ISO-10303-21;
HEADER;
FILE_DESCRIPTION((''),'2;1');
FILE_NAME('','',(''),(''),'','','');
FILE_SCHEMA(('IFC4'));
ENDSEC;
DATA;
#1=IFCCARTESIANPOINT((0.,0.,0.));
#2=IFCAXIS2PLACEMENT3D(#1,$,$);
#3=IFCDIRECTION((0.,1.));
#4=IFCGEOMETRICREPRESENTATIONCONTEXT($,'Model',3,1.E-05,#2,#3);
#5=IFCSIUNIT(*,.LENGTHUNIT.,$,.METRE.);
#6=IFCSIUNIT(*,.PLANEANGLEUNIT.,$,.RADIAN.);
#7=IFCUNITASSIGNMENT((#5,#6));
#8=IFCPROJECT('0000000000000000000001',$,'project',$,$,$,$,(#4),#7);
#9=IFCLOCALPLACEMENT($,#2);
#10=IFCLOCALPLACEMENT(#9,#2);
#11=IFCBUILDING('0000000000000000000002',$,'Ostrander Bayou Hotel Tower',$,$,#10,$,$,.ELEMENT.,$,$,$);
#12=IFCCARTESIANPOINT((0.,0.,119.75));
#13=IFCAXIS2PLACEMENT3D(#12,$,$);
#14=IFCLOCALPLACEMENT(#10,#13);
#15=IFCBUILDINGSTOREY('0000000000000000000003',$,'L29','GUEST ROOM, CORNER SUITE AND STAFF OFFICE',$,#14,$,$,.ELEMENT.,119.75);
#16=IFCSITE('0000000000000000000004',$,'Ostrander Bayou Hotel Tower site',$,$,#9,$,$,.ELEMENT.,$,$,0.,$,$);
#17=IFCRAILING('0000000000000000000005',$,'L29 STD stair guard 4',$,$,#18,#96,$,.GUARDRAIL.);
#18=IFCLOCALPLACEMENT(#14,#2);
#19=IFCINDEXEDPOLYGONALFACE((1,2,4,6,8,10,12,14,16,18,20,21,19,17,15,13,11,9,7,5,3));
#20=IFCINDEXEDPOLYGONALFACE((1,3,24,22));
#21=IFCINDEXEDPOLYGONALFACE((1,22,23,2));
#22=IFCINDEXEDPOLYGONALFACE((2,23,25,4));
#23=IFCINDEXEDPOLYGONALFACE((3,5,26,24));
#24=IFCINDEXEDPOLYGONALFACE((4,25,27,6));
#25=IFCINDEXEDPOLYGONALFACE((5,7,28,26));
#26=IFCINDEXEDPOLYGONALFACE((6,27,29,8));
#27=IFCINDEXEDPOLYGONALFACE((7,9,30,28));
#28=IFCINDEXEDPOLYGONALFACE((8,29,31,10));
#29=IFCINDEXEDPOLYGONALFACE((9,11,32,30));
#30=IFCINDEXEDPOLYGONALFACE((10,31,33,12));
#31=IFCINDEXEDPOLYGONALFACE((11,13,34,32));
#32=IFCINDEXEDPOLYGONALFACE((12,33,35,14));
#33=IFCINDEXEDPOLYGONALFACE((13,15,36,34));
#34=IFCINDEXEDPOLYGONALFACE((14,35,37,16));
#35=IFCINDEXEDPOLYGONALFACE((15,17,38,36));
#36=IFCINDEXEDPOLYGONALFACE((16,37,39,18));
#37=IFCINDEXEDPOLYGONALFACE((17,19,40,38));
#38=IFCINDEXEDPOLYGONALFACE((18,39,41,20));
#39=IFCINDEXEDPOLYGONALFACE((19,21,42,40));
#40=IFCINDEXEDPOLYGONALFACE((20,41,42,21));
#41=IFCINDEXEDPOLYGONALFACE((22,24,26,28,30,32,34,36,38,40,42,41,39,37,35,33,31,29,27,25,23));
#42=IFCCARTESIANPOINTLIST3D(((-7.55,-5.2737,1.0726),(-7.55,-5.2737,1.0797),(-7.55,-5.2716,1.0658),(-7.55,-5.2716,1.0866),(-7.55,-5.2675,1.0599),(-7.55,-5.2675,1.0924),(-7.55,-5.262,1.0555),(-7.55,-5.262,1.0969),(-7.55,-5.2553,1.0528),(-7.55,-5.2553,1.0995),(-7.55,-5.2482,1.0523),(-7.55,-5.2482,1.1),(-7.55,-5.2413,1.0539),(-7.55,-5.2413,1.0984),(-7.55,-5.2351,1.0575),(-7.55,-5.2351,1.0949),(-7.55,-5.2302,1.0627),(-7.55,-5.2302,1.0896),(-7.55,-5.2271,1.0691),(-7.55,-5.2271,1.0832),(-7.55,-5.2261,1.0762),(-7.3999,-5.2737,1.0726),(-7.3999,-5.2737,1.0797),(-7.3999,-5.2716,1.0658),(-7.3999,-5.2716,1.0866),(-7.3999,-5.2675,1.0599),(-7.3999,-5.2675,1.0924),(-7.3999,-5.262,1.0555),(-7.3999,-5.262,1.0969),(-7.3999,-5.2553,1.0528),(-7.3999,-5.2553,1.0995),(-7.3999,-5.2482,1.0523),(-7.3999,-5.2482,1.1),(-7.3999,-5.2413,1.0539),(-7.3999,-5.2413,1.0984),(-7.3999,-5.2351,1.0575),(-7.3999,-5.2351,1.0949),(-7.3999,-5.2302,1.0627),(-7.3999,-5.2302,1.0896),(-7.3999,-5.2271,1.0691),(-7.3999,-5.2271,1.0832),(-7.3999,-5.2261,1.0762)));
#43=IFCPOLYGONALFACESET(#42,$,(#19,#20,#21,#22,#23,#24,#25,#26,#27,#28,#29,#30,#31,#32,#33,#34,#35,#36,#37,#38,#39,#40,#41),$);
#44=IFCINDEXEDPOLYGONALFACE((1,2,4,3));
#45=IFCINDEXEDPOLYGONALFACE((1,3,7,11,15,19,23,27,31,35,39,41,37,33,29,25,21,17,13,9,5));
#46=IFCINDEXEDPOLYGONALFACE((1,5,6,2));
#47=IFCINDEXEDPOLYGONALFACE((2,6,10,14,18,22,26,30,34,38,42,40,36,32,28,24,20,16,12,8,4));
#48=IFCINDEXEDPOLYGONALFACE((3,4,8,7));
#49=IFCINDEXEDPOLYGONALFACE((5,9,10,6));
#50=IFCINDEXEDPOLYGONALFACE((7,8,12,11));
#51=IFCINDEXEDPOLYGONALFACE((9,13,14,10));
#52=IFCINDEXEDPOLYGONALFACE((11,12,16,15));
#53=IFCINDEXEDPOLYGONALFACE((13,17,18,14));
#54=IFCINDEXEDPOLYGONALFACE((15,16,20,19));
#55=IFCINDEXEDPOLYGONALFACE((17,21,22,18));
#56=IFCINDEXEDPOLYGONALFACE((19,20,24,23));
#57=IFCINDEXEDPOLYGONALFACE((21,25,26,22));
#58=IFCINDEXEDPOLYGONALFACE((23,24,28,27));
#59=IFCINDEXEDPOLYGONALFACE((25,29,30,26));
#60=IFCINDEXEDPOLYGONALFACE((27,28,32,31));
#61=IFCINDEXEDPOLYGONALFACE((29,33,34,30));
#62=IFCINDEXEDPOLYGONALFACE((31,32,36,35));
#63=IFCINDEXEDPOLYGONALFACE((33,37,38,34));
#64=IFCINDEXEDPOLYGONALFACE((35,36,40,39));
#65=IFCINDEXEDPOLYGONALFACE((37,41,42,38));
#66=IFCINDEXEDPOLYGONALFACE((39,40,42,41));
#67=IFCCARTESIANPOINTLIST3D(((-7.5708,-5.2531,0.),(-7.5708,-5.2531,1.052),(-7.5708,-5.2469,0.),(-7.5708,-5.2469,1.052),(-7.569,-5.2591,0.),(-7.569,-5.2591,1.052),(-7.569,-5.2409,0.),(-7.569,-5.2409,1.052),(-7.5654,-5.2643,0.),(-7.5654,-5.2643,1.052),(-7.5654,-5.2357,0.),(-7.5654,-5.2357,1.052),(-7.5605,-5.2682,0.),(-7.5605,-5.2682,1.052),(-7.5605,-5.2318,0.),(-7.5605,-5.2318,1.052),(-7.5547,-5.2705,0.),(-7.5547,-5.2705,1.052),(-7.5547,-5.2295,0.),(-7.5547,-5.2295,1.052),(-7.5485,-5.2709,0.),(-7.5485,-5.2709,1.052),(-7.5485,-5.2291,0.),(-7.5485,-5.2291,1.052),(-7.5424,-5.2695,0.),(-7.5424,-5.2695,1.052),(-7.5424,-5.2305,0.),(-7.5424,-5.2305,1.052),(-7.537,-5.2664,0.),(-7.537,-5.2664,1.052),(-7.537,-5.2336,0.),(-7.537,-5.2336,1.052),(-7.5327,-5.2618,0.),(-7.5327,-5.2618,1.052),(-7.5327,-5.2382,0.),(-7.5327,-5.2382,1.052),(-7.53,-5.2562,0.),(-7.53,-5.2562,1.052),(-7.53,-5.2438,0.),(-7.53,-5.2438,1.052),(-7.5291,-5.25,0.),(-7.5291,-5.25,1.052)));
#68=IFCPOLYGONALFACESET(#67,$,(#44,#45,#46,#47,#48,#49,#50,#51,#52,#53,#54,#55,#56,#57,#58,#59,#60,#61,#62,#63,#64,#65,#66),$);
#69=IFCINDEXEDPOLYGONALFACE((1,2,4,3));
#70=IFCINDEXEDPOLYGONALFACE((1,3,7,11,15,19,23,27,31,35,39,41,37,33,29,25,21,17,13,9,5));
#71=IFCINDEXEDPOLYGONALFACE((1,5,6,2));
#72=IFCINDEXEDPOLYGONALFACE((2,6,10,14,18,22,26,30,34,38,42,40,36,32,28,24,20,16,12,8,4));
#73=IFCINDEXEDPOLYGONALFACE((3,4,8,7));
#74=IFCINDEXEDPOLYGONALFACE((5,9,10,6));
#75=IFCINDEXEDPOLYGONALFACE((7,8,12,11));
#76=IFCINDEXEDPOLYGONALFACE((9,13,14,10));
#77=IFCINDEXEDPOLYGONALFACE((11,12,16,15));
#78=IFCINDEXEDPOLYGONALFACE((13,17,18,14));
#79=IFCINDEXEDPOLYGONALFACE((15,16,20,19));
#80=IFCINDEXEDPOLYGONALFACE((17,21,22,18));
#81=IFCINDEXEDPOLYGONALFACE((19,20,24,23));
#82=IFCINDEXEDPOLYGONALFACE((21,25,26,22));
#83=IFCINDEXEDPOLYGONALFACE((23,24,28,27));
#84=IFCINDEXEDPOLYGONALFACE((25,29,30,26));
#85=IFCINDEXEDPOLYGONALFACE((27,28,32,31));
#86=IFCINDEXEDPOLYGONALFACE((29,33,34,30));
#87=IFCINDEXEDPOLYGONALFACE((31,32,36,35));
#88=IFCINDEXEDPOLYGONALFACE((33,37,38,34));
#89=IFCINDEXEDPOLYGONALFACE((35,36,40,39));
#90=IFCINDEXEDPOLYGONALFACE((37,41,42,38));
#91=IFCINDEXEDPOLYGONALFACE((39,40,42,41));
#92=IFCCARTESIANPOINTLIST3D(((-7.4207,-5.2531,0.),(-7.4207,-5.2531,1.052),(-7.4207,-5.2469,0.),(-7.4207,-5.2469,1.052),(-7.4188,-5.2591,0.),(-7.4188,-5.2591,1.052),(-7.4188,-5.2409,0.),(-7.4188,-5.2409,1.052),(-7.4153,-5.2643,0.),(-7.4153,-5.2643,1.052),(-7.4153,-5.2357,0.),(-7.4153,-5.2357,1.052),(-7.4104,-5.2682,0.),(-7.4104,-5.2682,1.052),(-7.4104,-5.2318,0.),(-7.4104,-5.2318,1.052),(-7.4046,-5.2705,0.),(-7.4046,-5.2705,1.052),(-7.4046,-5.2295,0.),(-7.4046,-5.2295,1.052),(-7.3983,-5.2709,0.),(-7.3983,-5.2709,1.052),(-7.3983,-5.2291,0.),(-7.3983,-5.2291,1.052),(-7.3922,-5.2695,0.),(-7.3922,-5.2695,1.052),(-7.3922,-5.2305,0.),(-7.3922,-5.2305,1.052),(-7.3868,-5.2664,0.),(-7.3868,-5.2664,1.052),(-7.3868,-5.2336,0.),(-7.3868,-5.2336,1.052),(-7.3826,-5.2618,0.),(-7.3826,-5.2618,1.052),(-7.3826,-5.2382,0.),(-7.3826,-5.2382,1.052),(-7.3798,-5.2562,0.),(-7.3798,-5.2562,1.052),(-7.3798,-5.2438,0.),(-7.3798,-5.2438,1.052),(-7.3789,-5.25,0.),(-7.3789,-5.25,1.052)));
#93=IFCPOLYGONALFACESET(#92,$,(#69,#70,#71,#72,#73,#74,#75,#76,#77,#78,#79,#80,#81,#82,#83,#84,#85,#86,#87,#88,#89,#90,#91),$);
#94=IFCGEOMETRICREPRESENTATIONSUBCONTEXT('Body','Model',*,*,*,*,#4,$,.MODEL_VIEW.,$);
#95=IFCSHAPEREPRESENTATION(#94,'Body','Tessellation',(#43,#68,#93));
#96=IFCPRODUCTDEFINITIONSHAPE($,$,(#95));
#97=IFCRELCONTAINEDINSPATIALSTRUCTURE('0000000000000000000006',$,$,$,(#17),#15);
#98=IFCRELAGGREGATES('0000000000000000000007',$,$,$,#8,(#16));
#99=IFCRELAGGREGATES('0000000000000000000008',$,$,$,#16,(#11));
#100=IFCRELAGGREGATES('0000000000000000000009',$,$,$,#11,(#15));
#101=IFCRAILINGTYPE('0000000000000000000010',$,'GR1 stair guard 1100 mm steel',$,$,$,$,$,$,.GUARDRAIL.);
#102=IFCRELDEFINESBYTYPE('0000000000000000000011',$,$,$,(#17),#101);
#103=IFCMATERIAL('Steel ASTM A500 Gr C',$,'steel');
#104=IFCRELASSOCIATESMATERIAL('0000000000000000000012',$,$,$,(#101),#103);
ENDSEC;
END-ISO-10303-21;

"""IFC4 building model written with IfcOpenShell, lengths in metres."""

from ifc_helpers import new_model, si_unit, direction, frame, origin, origin_2d, place, context, subcontext, project, spatial, circle, extrude, material, type_object, element, save


model = new_model("IFC4")

# Units and contexts
model_context = context("Model", 3, precision=1e-05, world=origin(), true_north=direction((0.0, 1.0)))
body_context = subcontext(model_context, "Body", "Model", "MODEL_VIEW")
ifc_project = project(units=[si_unit("LENGTHUNIT", "METRE"), si_unit("PLANEANGLEUNIT", "RADIAN")], contexts=[model_context])

# Site, building, storey
site_placement = place(None, origin())
site = spatial("IfcSite", under=ifc_project, at=site_placement, Name="Ostrander Bayou Hotel Tower site", CompositionType="ELEMENT", RefElevation=0.0)
building_placement = place(site_placement, origin())
building = spatial("IfcBuilding", under=site, at=building_placement, Name="Ostrander Bayou Hotel Tower", CompositionType="ELEMENT")
storey_placement = place(building_placement, frame((0.0, 0.0, 119.75)))
storey = spatial("IfcBuildingStorey", under=building, at=storey_placement, Name="L29", Description="GUEST ROOM, CORNER SUITE AND STAFF OFFICE", CompositionType="ELEMENT", Elevation=119.75)

# Railing
ifc_material_1 = material(Name="Steel ASTM A500 Gr C", Category="steel")
railing_type_1 = type_object("IfcRailingType", Name="GR1 stair guard 1100 mm steel", PredefinedType="GUARDRAIL", material=ifc_material_1)
railing_1_placement = place(storey_placement, frame((-7.55, -5.25, 0.0)))
element("IfcRailing", 1, at=railing_1_placement, inside=storey, type_object=railing_type_1, Name="L29 STD stair guard 4", PredefinedType="GUARDRAIL", context=body_context, shape_type="SweptSolid", body=[
    extrude(circle(Radius=0.0239, at=origin_2d()), frame((0.0, 0.0, 1.0762), z_axis=(1.0, 0.0, 0.0), x_axis=(0.0, 1.0, 0.0)), (0.0, 0.0, 1.0), 0.1501),
    extrude(circle(Radius=0.021, at=origin_2d()), origin(), (0.0, 0.0, 1.0), 1.052),
    extrude(circle(Radius=0.021, at=origin_2d()), frame((0.1501, 0.0, 0.0)), (0.0, 0.0, 1.0), 1.052),
])

save(model, "model.ifc")
